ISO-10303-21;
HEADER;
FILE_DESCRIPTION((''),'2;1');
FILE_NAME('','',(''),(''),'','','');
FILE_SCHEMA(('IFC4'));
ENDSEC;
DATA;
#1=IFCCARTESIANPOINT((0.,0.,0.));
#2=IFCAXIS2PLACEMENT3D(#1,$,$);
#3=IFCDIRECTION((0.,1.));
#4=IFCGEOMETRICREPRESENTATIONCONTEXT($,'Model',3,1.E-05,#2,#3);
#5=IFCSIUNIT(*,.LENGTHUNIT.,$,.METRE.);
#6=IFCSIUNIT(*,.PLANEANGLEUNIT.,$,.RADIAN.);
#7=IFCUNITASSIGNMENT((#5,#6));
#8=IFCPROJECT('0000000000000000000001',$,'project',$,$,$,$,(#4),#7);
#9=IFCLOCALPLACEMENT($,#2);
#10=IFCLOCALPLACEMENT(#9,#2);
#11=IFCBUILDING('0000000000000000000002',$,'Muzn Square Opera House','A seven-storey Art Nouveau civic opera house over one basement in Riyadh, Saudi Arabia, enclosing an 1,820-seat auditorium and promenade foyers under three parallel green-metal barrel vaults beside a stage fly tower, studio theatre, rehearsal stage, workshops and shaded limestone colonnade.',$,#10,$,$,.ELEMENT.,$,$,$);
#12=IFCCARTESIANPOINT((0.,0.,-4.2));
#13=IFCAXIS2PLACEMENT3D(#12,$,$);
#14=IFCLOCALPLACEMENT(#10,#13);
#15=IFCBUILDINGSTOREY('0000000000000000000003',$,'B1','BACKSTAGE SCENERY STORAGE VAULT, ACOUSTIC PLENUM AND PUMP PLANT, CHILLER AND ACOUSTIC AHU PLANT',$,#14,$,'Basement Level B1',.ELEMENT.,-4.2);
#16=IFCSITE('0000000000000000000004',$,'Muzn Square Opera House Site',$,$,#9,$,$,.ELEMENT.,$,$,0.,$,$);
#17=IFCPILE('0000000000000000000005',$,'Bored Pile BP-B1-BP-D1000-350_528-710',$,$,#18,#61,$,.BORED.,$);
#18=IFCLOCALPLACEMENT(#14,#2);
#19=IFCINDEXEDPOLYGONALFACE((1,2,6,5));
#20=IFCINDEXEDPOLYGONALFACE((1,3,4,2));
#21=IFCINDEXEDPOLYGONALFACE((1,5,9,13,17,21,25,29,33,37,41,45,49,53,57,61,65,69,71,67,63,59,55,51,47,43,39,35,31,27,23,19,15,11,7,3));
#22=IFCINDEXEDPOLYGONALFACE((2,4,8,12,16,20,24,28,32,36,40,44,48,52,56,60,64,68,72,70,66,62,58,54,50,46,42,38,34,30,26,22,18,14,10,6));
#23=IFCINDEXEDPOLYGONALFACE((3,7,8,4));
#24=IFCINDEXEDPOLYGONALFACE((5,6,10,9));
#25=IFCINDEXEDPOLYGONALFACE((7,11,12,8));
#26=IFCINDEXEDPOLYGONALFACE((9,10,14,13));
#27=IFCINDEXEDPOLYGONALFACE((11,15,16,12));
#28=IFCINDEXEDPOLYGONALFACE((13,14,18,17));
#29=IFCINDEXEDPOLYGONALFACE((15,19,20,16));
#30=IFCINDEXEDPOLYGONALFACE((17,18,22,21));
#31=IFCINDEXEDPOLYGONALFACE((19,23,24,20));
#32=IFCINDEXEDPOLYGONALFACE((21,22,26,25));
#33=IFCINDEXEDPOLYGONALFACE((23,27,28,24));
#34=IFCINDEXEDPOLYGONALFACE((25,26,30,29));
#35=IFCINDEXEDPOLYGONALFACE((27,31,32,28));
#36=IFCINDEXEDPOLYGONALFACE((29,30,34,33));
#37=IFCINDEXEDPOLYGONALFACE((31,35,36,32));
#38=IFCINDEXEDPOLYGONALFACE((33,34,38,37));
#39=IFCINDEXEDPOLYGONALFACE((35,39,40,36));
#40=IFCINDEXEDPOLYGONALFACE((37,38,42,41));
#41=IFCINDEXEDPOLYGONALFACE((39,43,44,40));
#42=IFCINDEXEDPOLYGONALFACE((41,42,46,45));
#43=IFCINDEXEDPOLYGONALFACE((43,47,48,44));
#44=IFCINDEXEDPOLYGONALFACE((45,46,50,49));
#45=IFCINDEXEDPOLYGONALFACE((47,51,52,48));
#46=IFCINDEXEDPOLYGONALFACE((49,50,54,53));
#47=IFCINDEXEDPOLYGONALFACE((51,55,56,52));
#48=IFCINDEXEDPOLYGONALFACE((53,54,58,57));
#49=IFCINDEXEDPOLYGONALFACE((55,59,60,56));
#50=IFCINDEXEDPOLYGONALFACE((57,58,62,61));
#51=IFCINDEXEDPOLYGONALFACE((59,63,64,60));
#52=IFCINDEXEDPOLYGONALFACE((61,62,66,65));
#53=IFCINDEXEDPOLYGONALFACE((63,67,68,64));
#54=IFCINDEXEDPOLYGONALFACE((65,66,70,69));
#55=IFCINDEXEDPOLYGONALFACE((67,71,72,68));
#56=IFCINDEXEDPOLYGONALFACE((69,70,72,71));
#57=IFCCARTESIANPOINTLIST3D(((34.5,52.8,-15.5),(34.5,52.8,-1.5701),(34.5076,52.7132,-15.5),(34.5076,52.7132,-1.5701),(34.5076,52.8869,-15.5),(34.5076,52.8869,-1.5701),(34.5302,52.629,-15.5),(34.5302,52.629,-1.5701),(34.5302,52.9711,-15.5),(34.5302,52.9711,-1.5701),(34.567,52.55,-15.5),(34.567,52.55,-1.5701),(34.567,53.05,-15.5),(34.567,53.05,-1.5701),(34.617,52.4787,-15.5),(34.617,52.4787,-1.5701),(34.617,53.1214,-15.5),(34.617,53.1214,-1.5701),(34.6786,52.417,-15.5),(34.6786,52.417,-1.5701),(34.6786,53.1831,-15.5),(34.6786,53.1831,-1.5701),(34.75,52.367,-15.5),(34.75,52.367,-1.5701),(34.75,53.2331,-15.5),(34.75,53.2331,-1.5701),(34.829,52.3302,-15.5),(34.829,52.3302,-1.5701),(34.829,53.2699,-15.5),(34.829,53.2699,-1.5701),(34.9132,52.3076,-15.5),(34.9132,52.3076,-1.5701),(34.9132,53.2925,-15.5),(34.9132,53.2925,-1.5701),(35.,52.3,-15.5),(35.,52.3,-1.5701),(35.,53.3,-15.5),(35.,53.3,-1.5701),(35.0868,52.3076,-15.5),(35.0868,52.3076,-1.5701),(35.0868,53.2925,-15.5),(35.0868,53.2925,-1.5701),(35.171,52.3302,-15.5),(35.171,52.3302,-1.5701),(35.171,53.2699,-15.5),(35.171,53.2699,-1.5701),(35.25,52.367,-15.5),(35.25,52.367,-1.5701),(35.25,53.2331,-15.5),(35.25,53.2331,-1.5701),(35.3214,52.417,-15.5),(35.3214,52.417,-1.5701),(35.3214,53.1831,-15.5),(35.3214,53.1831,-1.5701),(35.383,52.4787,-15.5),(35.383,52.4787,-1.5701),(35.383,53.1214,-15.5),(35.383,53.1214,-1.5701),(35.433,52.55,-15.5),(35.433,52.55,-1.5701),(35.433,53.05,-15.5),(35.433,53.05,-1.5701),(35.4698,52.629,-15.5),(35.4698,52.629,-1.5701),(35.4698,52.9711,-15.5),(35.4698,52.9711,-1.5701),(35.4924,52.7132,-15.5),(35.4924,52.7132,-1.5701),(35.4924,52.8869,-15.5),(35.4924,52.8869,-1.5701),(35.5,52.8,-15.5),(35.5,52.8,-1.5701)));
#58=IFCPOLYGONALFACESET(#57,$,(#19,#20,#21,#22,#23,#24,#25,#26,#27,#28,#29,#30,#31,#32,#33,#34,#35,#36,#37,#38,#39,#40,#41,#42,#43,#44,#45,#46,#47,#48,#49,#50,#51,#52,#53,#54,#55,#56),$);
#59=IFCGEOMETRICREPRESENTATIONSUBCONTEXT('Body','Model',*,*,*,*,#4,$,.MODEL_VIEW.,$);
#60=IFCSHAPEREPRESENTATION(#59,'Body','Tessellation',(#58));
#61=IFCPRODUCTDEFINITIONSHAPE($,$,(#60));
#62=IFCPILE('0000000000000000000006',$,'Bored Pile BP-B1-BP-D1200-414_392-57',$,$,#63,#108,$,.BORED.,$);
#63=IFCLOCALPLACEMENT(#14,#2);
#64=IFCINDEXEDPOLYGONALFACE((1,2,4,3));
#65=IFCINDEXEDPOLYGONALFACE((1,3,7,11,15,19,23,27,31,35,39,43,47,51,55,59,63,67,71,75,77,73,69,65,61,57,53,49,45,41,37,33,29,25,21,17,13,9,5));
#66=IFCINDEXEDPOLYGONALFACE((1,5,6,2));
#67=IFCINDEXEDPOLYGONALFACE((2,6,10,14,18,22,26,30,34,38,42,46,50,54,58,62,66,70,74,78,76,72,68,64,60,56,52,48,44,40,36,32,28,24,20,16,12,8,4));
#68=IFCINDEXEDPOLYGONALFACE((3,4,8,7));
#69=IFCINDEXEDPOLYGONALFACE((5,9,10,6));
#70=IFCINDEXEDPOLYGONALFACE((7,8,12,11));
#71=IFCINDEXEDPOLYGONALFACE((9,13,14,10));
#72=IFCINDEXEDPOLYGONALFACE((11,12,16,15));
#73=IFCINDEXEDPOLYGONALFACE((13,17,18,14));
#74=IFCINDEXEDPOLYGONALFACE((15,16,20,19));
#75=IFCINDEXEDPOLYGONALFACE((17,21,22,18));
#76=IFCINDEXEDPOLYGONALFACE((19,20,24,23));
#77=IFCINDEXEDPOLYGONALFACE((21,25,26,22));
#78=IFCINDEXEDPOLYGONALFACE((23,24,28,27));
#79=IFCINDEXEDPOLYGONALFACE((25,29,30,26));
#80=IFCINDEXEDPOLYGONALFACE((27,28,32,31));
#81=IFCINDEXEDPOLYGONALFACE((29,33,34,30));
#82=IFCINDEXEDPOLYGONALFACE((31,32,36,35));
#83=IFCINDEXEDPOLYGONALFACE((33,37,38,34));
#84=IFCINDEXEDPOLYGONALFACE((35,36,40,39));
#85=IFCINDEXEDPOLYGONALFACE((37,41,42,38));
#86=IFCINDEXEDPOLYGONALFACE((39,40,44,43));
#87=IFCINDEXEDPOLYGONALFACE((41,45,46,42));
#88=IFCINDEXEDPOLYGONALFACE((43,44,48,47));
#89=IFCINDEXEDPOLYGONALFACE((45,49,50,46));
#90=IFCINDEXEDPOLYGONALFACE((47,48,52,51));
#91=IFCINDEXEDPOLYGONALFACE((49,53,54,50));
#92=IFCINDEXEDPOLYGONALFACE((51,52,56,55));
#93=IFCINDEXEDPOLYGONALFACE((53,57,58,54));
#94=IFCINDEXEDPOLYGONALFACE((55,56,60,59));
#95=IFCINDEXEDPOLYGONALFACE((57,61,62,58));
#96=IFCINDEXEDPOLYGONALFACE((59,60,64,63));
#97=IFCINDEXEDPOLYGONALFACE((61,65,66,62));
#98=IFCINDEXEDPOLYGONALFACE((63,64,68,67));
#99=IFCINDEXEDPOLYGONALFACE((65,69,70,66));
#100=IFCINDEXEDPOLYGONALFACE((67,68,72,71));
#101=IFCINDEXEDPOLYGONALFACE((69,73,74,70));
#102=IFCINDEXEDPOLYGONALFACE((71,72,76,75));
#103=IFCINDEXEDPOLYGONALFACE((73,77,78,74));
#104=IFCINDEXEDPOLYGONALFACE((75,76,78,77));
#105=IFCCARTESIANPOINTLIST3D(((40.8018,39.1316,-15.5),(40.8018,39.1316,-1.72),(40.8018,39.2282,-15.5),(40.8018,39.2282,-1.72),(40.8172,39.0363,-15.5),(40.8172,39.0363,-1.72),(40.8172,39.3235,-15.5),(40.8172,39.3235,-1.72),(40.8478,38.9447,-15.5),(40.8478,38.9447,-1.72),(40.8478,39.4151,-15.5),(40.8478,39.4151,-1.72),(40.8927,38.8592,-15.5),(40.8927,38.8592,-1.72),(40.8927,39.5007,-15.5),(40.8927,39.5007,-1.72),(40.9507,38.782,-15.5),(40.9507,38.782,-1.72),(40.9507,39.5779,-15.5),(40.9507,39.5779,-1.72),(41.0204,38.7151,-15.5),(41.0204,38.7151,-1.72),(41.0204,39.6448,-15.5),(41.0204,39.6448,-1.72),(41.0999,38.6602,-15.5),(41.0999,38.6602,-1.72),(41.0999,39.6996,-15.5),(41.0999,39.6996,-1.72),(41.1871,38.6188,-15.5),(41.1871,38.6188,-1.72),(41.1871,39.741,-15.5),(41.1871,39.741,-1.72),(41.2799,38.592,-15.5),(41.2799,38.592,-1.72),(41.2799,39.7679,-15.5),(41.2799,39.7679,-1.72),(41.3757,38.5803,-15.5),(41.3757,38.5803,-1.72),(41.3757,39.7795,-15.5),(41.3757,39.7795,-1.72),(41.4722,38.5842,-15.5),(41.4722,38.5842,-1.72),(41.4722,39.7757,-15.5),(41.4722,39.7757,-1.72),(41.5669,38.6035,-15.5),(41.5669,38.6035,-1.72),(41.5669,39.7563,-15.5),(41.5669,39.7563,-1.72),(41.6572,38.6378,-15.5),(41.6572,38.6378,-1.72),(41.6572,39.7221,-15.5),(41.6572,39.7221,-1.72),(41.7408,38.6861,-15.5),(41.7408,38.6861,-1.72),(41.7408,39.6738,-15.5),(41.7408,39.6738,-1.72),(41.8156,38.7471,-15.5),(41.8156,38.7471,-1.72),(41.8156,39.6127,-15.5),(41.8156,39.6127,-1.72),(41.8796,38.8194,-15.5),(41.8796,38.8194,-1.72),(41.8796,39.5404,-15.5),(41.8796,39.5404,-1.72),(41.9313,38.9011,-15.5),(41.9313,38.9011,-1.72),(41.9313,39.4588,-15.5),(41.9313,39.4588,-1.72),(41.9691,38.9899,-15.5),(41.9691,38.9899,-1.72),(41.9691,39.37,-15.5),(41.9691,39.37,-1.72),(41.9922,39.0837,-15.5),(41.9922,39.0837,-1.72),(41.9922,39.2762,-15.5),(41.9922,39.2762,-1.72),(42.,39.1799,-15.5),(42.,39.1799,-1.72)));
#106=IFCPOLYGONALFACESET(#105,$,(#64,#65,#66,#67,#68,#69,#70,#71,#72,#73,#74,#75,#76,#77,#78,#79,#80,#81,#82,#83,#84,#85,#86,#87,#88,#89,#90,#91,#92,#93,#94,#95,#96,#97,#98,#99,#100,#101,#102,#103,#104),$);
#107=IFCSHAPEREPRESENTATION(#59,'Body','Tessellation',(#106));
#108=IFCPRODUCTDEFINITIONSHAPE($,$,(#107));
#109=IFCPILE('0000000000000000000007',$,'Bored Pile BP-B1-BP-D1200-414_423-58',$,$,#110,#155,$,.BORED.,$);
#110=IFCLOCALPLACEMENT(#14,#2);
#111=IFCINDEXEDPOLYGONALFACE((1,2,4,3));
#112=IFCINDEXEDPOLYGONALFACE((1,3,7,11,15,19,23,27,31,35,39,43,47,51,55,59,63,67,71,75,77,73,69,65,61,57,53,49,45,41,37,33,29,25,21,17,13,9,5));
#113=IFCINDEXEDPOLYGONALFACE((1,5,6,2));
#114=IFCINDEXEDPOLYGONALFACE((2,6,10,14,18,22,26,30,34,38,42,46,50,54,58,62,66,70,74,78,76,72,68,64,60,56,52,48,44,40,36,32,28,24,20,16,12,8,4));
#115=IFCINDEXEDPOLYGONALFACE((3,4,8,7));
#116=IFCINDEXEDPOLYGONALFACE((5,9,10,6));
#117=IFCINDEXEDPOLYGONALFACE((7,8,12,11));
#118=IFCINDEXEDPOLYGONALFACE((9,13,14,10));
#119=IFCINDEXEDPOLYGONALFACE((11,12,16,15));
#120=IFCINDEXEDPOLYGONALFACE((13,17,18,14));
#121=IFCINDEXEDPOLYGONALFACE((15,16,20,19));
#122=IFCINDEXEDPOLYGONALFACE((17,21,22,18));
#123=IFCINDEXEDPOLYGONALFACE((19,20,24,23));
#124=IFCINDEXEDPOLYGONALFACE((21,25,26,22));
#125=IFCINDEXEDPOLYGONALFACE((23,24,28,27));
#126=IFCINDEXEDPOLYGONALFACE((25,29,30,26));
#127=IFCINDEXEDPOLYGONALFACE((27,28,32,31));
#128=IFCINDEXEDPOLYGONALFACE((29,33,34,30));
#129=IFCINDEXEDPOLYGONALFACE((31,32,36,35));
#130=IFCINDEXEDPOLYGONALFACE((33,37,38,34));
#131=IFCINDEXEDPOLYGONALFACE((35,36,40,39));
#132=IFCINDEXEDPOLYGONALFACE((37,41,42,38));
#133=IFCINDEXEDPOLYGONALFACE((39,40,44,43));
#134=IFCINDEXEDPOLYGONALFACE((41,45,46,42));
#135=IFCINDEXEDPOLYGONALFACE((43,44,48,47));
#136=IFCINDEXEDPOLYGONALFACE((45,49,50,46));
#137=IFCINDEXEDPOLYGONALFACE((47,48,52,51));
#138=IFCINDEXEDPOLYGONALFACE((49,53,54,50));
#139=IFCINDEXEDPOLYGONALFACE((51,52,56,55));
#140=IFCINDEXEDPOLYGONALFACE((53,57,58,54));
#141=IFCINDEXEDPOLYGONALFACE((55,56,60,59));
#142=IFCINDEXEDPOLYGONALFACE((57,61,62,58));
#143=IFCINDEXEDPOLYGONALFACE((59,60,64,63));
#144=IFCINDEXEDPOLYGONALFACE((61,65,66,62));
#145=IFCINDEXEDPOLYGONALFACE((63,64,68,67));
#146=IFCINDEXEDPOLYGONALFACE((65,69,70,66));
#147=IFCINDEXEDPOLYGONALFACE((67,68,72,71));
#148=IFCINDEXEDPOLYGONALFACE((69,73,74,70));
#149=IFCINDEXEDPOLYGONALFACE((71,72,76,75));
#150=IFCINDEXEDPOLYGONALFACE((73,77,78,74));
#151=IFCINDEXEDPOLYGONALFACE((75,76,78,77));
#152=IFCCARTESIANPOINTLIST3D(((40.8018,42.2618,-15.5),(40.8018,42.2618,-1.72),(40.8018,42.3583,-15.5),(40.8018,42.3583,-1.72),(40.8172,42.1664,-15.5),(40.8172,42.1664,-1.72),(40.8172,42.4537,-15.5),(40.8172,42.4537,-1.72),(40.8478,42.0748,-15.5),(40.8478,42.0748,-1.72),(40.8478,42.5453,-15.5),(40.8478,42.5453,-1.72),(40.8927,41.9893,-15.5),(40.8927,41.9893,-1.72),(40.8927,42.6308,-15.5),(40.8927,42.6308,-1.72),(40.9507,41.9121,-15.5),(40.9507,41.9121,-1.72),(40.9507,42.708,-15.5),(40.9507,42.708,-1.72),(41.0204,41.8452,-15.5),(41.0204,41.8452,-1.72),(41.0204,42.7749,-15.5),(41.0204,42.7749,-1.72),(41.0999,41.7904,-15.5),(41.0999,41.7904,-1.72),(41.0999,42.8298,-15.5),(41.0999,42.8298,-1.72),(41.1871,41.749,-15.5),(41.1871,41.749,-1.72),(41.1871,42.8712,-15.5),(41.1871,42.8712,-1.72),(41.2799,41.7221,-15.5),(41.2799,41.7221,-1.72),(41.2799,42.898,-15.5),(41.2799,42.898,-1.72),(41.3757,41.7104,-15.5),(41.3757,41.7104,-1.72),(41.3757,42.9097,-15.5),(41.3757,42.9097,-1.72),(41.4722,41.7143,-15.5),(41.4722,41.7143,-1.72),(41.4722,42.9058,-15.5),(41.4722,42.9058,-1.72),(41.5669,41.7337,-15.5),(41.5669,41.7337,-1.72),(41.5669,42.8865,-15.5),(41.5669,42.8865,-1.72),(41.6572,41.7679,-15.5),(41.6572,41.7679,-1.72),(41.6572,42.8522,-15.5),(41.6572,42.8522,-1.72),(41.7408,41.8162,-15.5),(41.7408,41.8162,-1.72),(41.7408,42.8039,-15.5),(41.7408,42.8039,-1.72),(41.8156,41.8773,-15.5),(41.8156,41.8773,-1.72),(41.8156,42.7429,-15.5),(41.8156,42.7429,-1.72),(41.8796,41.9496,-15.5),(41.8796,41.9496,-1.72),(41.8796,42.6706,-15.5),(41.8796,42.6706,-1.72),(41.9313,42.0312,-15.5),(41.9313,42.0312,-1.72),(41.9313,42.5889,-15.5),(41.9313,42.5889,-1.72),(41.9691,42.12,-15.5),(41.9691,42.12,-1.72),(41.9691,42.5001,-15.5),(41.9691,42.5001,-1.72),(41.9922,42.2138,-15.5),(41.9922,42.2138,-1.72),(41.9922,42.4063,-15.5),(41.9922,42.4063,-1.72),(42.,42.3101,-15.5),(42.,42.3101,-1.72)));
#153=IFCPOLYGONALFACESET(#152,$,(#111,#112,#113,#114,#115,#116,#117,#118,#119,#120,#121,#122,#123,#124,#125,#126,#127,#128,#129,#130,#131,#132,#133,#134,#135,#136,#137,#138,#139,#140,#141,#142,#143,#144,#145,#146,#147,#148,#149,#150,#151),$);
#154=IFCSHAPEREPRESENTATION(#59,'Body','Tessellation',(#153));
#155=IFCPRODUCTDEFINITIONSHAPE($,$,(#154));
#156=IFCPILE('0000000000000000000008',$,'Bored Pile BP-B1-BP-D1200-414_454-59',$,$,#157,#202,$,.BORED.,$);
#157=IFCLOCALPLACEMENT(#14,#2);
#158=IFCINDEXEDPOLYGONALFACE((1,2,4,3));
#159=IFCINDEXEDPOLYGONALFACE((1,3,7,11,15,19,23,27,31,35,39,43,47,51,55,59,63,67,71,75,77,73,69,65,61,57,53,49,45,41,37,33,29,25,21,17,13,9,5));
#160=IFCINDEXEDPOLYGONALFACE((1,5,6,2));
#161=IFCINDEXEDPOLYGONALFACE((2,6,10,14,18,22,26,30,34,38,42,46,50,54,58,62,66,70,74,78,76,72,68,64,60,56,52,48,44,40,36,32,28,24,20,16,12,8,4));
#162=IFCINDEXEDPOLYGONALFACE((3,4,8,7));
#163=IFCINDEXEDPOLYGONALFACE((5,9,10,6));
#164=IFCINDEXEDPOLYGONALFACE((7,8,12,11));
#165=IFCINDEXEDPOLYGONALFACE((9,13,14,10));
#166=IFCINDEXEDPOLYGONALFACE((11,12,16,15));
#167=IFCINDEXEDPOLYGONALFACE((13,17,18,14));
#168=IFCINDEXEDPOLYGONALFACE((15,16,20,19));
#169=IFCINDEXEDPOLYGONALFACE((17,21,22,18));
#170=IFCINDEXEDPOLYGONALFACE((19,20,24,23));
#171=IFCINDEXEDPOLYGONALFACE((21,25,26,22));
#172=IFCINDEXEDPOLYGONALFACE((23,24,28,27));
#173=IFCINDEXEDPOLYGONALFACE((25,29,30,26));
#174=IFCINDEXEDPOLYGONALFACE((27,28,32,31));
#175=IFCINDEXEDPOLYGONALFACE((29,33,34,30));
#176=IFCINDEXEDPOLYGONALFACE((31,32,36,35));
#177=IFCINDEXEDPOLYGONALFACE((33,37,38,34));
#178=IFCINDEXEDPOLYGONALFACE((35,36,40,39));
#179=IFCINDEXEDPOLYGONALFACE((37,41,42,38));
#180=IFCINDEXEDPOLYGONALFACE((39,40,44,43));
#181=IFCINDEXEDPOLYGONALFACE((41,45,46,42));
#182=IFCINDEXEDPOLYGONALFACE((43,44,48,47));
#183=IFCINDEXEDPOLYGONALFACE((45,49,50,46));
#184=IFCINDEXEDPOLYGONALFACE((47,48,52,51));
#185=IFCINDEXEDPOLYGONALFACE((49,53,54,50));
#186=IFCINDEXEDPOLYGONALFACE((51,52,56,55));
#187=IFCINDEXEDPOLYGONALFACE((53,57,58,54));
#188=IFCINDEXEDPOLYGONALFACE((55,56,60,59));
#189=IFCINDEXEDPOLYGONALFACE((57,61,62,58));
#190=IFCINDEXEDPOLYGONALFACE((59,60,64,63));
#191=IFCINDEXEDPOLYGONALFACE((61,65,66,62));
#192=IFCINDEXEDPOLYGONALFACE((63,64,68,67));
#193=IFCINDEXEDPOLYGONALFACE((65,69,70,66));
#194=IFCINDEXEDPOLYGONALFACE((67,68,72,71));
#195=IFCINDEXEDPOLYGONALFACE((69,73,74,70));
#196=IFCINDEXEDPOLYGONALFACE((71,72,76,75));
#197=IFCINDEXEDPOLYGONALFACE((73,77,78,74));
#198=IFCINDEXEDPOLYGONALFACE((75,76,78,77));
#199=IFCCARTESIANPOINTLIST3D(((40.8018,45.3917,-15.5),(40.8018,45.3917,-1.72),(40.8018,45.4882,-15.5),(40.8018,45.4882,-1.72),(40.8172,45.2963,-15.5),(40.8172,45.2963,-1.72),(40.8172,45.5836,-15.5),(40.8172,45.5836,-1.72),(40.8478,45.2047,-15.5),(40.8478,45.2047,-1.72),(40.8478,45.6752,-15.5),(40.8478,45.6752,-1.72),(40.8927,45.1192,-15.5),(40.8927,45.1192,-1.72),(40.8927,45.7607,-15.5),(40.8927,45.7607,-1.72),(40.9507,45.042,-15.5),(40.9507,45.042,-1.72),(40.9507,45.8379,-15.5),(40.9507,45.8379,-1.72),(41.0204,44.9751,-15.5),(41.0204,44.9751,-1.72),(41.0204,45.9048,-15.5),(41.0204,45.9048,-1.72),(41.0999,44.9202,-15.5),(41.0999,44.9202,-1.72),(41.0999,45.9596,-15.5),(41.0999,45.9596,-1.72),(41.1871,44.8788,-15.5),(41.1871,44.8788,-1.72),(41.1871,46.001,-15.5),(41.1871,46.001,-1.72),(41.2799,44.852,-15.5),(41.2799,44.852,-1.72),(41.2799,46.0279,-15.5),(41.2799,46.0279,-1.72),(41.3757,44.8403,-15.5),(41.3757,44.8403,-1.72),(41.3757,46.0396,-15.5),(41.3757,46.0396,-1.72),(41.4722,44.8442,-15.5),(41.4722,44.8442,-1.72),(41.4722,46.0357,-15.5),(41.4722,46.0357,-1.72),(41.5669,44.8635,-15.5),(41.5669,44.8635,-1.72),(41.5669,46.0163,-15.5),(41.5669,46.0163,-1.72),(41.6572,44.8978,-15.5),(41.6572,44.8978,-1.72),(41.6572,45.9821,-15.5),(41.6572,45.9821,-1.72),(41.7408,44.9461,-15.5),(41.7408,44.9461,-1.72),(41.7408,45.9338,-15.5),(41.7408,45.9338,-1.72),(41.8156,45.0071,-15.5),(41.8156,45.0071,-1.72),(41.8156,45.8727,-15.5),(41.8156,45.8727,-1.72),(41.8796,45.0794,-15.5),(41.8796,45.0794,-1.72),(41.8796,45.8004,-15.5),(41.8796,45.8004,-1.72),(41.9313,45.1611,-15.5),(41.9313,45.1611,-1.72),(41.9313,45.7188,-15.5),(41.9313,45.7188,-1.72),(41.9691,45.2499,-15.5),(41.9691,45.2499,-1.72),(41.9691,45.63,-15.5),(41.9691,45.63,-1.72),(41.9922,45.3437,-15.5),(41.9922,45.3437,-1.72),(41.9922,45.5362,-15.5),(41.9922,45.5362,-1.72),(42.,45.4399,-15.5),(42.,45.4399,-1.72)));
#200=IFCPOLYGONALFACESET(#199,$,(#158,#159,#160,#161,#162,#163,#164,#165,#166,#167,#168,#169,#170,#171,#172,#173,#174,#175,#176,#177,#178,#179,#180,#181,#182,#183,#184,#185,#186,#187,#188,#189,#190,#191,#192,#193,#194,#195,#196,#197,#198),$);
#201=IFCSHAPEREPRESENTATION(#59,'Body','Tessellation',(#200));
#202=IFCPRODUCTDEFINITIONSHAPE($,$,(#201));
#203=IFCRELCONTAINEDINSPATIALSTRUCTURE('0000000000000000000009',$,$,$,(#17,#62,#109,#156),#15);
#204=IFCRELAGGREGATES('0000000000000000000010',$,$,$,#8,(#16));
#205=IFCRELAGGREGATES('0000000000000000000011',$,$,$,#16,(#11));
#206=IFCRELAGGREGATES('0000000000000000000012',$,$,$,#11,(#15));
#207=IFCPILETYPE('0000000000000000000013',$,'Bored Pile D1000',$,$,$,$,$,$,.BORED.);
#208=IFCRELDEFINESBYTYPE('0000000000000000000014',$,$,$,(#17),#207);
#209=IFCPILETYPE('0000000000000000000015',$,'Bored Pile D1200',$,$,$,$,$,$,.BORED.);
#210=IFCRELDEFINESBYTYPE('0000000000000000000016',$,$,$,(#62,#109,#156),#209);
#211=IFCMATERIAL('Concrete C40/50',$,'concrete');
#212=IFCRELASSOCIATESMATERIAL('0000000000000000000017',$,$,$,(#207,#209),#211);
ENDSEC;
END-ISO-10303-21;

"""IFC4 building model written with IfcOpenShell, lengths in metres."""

from ifc_helpers import new_model, si_unit, direction, frame, origin, origin_2d, place, context, subcontext, project, spatial, circle, extrude, material, material_profile, profile_set, type_object, element, save


model = new_model("IFC4")

# Units and contexts
model_context = context("Model", 3, precision=1e-05, world=origin(), true_north=direction((0.0, 1.0)))
body_context = subcontext(model_context, "Body", "Model", "MODEL_VIEW")
ifc_project = project(units=[si_unit("LENGTHUNIT", "METRE"), si_unit("PLANEANGLEUNIT", "RADIAN")], contexts=[model_context])

# Site, building, storey
site_placement = place(None, origin())
site = spatial("IfcSite", under=ifc_project, at=site_placement, Name="Muzn Square Opera House Site", CompositionType="ELEMENT", RefElevation=0.0)
building_placement = place(site_placement, origin())
building = spatial("IfcBuilding", under=site, at=building_placement, Name="Muzn Square Opera House", Description="A seven-storey Art Nouveau civic opera house over one basement in Riyadh, Saudi Arabia, enclosing an 1,820-seat auditorium and promenade foyers under three parallel green-metal barrel vaults beside a stage fly tower, studio theatre, rehearsal stage, workshops and shaded limestone colonnade.", CompositionType="ELEMENT")
storey_placement = place(building_placement, frame((0.0, 0.0, -4.2)))
storey = spatial("IfcBuildingStorey", under=building, at=storey_placement, Name="B1", Description="BACKSTAGE SCENERY STORAGE VAULT, ACOUSTIC PLENUM AND PUMP PLANT, CHILLER AND ACOUSTIC AHU PLANT", LongName="Basement Level B1", CompositionType="ELEMENT", Elevation=-4.2)

# Piles
ifc_material_1 = material(Name="Concrete C40/50", Category="concrete")
ifc_material_profile_1 = material_profile(ifc_material_1, circle(Radius=0.5, at=origin_2d()), Name="BORED PILE D1000", Category="concrete")
ifc_profile_set_1 = profile_set([ifc_material_profile_1], Name="Concrete C40/50")
pile_type_1 = type_object("IfcPileType", Name="Bored Pile D1000", PredefinedType="BORED", material=ifc_profile_set_1)
pile_placement = place(storey_placement, frame((35.0, 52.8, -1.5701), z_axis=(0.0, 0.0, -1.0), x_axis=(1.0, 0.0, 0.0)))
element("IfcPile", 1, at=pile_placement, inside=storey, type_object=pile_type_1, Name="Bored Pile BP-B1-BP-D1000-350_528-710", PredefinedType="BORED", context=body_context, shape_type="SweptSolid", body=[
    extrude(circle(Radius=0.5, at=origin_2d()), origin(), (0.0, 0.0, 1.0), 13.9299),
])
ifc_material_profile_2 = material_profile(ifc_material_1, circle(Radius=0.6001, at=origin_2d()), Name="BORED PILE D1200", Category="concrete")
ifc_profile_set_2 = profile_set([ifc_material_profile_2], Name="Concrete C40/50")
pile_type_2 = type_object("IfcPileType", Name="Bored Pile D1200", PredefinedType="BORED", material=ifc_profile_set_2)
for number, where, z_axis, x_axis, name in (
    (2, (41.3999, 39.1799, -1.72), (0.0, 0.0, -1.0), (1.0, 0.0, 0.0), "Bored Pile BP-B1-BP-D1200-414_392-57"),
    (3, (41.3999, 42.3101, -1.72), (0.0, 0.0, -1.0), (1.0, 0.0, 0.0), "Bored Pile BP-B1-BP-D1200-414_423-58"),
    (4, (41.3999, 45.4399, -1.72), (0.0, 0.0, -1.0), (1.0, 0.0, 0.0), "Bored Pile BP-B1-BP-D1200-414_454-59"),
):
    element("IfcPile", number, at=place(storey_placement, frame(where, z_axis=z_axis, x_axis=x_axis)), inside=storey, type_object=pile_type_2, Name=name, PredefinedType="BORED", context=body_context, shape_type="SweptSolid", body=[
        extrude(circle(Radius=0.6001, at=origin_2d()), origin(), (0.0, 0.0, 1.0), 13.78),
    ])

save(model, "model.ifc")
